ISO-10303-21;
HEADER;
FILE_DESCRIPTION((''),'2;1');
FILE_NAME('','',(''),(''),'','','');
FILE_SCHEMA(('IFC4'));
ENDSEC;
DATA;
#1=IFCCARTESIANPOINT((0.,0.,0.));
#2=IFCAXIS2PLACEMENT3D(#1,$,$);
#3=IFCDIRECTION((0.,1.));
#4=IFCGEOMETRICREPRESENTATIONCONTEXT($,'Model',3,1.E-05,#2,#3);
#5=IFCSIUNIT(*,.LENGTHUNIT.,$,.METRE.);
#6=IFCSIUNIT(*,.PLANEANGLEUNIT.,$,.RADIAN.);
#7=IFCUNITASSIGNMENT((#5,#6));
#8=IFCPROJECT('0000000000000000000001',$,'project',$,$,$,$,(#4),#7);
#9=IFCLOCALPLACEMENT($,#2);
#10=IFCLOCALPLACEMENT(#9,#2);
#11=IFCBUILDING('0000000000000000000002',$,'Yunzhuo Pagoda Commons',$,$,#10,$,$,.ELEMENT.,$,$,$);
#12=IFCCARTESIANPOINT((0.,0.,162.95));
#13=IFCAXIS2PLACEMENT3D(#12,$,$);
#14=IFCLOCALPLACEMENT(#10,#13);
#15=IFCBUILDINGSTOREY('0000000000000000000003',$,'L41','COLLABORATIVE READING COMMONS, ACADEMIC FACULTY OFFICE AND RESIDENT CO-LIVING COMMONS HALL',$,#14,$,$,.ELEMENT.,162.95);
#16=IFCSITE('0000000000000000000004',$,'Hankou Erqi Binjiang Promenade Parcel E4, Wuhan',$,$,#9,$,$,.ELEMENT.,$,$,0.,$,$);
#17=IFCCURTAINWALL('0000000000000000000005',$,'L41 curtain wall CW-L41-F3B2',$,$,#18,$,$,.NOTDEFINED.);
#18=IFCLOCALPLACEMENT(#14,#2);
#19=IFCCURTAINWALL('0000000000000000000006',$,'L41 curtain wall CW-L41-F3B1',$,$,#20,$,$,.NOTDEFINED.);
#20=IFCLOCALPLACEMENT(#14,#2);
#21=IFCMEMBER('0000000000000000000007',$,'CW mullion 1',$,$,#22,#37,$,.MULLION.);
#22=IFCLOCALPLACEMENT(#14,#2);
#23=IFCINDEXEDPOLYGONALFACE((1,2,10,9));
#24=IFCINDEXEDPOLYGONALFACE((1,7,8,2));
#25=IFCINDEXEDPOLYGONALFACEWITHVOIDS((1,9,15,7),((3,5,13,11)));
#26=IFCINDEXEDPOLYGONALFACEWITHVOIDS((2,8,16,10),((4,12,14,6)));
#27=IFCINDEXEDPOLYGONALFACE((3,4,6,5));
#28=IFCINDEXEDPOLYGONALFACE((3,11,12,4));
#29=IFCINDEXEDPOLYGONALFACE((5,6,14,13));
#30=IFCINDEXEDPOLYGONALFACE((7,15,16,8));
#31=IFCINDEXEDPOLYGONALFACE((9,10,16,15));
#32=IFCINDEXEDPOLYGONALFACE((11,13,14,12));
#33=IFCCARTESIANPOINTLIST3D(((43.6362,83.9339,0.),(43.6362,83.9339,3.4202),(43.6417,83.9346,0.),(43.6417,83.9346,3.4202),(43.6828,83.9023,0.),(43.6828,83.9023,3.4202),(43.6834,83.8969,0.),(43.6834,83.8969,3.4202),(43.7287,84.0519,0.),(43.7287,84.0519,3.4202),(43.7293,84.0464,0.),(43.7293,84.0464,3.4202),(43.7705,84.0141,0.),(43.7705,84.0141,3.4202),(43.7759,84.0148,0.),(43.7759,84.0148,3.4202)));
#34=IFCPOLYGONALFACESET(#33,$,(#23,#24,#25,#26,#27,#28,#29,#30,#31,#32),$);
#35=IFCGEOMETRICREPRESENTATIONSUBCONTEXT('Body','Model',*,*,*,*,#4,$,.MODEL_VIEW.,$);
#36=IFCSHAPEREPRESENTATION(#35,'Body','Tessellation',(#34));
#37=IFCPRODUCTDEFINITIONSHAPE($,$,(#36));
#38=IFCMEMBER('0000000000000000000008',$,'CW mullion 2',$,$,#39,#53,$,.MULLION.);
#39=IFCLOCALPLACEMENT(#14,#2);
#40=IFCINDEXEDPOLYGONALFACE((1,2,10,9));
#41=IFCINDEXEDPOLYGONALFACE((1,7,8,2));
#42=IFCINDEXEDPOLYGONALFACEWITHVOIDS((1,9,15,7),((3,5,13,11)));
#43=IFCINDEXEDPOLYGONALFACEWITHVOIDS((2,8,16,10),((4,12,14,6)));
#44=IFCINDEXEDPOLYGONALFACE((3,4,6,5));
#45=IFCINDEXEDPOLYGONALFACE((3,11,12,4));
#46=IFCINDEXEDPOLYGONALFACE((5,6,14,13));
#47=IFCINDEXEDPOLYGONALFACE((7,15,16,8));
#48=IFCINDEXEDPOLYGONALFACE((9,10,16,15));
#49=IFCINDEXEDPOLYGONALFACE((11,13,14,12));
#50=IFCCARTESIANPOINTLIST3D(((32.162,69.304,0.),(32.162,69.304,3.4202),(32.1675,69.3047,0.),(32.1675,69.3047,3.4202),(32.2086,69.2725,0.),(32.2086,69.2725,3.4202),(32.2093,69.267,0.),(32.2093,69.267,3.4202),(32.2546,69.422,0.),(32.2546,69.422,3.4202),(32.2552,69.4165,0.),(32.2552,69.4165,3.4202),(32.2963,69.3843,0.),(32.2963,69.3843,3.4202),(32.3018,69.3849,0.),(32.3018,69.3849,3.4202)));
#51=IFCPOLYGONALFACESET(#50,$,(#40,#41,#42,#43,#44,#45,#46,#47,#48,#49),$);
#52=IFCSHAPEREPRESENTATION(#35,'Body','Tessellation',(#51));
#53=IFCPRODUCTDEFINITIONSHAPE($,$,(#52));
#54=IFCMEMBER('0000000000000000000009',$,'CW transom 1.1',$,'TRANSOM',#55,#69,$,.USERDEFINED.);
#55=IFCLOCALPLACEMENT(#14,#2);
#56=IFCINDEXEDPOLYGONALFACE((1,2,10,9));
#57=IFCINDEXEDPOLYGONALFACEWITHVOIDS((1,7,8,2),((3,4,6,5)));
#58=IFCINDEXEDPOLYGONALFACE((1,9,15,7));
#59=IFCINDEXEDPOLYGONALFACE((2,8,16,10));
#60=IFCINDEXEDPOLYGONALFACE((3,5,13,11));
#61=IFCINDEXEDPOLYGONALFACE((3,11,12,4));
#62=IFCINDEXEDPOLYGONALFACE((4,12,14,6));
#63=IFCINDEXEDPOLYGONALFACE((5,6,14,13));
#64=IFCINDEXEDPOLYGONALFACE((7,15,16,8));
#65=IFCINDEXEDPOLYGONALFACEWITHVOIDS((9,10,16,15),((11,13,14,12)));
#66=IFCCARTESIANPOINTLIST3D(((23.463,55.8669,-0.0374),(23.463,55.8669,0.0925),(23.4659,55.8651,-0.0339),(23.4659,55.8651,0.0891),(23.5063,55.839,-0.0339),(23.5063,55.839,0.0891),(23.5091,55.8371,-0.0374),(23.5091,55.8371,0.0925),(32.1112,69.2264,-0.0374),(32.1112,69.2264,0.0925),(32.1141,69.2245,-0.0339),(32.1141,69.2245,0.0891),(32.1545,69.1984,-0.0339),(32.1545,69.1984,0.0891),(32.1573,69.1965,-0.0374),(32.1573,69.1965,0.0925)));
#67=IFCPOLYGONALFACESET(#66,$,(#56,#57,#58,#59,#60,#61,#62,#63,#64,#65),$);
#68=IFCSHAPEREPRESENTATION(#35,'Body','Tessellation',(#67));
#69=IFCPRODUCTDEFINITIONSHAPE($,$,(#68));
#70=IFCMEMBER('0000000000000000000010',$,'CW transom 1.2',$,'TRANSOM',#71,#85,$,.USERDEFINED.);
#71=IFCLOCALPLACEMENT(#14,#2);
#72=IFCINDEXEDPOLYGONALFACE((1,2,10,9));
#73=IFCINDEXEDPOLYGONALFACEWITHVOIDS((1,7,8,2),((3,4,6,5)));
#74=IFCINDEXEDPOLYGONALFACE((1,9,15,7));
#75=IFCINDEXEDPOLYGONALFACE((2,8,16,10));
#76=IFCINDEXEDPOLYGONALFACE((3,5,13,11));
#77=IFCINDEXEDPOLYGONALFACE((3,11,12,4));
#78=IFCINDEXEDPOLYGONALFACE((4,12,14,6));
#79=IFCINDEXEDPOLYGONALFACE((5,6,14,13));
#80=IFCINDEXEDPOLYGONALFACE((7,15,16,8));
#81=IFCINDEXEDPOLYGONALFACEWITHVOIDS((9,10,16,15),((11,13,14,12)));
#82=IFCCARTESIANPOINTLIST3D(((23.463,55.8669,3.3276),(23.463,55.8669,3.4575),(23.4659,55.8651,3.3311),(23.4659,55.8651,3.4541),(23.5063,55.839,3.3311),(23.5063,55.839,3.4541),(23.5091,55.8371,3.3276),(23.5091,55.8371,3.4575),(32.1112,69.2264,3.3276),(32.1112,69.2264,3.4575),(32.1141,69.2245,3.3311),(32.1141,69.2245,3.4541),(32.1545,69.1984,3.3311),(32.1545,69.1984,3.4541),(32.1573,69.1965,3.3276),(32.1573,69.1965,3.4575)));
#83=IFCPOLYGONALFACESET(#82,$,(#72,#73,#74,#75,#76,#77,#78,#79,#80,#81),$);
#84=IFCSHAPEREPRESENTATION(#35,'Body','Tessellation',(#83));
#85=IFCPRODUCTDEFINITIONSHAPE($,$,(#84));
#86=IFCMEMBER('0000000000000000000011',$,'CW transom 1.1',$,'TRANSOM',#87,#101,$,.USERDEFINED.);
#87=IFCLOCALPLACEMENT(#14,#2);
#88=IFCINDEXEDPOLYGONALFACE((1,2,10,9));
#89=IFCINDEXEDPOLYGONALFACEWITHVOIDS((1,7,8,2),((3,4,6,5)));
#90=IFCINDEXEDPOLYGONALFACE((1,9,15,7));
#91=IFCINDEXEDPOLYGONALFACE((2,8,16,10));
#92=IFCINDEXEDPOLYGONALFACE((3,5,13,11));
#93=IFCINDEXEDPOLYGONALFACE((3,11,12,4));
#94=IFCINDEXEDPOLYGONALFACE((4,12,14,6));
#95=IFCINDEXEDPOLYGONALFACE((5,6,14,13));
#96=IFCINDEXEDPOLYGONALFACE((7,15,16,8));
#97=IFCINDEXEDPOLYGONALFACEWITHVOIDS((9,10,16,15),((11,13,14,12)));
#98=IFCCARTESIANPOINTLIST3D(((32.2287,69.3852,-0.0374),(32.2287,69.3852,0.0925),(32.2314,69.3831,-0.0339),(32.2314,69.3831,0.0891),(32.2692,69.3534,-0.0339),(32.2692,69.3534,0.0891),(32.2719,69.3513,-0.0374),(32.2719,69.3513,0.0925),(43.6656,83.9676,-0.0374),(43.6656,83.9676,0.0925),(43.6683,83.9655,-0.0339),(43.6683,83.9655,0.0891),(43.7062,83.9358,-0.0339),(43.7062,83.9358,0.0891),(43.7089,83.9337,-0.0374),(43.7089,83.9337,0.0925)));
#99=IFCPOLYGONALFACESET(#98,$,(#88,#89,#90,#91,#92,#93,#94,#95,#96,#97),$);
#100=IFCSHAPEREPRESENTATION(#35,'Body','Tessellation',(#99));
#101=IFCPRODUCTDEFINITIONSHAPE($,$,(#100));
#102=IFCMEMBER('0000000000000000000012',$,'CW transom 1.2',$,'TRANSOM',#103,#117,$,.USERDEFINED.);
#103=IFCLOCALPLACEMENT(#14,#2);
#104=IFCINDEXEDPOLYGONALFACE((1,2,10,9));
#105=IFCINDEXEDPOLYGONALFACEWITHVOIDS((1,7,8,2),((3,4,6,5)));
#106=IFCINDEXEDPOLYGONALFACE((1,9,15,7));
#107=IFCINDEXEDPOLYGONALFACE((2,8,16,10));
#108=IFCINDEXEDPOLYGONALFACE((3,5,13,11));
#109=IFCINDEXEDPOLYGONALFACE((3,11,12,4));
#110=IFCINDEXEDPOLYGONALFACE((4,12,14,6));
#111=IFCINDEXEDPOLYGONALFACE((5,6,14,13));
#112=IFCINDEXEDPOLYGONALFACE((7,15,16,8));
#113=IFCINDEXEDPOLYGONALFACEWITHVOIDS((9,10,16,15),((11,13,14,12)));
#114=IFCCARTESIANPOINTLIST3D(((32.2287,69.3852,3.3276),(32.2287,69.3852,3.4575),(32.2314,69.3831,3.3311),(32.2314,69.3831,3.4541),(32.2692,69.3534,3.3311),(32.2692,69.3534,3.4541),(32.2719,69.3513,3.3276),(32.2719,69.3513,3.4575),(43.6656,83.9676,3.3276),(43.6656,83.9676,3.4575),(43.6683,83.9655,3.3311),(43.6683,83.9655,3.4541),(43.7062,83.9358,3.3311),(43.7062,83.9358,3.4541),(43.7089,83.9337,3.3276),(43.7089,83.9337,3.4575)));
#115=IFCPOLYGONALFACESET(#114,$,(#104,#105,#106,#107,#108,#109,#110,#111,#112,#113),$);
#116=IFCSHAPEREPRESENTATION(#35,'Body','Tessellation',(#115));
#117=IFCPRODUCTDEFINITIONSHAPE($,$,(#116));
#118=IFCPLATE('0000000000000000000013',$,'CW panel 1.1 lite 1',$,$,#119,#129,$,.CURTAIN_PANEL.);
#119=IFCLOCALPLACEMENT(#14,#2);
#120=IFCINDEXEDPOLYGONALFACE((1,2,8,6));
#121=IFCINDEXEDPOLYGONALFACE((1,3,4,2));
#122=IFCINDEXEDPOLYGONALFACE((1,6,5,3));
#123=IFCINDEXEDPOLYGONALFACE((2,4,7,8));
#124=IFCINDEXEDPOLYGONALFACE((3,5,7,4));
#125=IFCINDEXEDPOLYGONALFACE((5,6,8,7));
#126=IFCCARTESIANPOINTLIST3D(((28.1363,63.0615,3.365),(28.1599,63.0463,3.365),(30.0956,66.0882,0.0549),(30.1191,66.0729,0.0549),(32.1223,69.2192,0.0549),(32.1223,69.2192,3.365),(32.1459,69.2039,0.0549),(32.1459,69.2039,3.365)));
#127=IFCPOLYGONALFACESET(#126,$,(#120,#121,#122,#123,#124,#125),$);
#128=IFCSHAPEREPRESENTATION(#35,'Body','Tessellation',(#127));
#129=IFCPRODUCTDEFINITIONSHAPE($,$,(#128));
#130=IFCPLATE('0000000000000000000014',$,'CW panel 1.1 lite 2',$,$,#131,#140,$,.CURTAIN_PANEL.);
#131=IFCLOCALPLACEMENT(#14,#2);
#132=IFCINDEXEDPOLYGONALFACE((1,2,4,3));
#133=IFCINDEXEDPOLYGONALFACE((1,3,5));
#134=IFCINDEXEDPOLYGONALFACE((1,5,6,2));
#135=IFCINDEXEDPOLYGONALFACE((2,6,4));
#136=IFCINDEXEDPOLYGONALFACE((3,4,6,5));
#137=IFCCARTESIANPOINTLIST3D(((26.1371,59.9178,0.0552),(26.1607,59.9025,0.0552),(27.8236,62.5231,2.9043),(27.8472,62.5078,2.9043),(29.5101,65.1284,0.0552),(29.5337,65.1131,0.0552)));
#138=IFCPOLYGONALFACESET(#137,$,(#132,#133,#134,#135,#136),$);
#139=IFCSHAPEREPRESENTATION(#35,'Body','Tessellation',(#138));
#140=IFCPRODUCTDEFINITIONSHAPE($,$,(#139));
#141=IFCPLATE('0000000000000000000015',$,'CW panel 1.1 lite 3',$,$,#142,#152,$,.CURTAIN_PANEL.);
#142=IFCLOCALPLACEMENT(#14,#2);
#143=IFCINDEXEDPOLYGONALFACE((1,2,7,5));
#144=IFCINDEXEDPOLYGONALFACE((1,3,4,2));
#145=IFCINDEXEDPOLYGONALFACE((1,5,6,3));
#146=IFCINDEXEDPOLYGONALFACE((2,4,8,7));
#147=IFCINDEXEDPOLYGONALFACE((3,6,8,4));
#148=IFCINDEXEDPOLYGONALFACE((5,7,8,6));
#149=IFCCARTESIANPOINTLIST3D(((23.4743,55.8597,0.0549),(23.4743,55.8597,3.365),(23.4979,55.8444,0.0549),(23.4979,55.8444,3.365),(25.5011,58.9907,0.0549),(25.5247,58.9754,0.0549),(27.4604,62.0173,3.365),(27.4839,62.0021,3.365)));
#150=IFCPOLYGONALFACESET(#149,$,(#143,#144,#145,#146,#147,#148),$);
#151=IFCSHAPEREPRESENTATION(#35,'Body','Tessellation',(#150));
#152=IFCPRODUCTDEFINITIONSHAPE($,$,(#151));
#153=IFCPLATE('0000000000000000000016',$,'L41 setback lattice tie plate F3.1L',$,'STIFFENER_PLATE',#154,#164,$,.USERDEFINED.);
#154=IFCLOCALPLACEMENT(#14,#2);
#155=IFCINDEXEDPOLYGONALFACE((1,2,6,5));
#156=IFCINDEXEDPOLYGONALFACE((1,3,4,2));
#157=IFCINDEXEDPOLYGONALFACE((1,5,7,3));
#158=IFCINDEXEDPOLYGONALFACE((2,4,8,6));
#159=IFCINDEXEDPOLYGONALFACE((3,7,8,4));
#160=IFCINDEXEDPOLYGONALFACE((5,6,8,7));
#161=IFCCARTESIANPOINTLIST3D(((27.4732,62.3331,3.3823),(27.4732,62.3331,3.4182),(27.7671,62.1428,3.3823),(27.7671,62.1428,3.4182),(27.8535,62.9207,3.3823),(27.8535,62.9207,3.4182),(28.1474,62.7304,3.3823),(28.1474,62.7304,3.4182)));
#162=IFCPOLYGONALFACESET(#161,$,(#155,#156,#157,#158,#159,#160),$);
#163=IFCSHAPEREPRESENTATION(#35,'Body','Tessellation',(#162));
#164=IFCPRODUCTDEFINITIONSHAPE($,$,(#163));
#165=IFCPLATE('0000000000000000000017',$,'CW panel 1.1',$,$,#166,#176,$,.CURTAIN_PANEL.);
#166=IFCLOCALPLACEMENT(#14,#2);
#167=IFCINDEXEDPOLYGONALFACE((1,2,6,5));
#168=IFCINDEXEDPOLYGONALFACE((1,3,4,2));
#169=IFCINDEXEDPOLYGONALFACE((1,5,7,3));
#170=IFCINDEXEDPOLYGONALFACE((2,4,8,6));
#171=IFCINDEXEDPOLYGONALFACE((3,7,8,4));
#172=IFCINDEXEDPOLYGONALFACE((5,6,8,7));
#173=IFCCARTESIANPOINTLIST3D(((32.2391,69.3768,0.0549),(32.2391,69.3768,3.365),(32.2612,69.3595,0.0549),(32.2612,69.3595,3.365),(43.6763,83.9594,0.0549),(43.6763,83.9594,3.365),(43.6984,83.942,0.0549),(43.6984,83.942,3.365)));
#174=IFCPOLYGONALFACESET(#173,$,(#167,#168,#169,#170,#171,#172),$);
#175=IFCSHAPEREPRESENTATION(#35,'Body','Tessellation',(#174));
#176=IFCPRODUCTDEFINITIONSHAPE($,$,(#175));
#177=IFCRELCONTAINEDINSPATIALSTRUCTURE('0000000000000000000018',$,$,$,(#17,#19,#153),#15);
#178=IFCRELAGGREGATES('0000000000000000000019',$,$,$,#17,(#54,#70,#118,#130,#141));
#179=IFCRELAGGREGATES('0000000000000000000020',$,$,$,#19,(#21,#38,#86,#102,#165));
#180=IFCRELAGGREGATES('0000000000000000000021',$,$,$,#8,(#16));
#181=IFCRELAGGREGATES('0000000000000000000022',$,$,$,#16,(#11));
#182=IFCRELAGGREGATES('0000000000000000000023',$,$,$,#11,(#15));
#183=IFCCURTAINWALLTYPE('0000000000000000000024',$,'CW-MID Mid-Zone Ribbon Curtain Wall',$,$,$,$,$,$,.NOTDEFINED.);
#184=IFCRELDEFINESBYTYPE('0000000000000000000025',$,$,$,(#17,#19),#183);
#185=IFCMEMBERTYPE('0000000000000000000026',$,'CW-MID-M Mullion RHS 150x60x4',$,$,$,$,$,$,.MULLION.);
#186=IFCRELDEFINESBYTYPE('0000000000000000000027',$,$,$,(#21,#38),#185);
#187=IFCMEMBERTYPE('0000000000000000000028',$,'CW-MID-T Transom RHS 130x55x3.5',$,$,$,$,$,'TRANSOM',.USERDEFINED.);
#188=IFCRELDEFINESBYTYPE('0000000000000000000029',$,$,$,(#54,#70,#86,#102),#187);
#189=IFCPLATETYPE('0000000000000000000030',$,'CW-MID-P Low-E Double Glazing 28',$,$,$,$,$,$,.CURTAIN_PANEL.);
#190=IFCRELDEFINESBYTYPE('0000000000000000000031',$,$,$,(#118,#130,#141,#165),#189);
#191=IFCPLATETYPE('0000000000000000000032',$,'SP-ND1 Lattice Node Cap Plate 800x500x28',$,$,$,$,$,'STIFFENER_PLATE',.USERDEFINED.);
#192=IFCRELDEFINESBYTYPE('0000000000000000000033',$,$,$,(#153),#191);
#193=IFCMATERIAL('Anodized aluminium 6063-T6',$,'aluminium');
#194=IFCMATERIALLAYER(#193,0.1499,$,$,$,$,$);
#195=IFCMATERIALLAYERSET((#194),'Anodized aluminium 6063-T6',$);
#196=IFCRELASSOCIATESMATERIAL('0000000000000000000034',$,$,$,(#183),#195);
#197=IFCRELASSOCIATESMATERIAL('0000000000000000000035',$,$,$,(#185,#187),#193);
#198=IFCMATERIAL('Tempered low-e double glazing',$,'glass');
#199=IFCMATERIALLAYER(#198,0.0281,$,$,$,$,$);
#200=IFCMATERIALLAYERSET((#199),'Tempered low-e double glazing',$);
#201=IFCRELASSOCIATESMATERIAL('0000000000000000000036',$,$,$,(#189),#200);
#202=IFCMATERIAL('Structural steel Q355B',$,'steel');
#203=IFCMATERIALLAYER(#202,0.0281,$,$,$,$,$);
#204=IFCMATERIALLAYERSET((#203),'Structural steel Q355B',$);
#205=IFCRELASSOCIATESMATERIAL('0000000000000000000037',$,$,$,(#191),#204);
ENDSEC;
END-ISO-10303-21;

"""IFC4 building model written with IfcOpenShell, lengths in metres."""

from ifc_helpers import new_model, si_unit, direction, frame, origin, origin_2d, place, context, subcontext, project, spatial, polyline, rectangle, hollow_rectangle, outline, extrude, source, transform, mapped, material, layer, layer_set, material_profile, profile_set, type_object, element, aggregate, save


model = new_model("IFC4")

# Units and contexts
model_context = context("Model", 3, precision=1e-05, world=origin(), true_north=direction((0.0, 1.0)))
body_context = subcontext(model_context, "Body", "Model", "MODEL_VIEW")
ifc_project = project(units=[si_unit("LENGTHUNIT", "METRE"), si_unit("PLANEANGLEUNIT", "RADIAN")], contexts=[model_context])

# Site, building, storey
site_placement = place(None, origin())
site = spatial("IfcSite", under=ifc_project, at=site_placement, Name="Hankou Erqi Binjiang Promenade Parcel E4, Wuhan", CompositionType="ELEMENT", RefElevation=0.0)
building_placement = place(site_placement, origin())
building = spatial("IfcBuilding", under=site, at=building_placement, Name="Yunzhuo Pagoda Commons", CompositionType="ELEMENT")
storey_placement = place(building_placement, frame((0.0, 0.0, 162.95)))
storey = spatial("IfcBuildingStorey", under=building, at=storey_placement, Name="L41", Description="COLLABORATIVE READING COMMONS, ACADEMIC FACULTY OFFICE AND RESIDENT CO-LIVING COMMONS HALL", CompositionType="ELEMENT", Elevation=162.95)

# Shared definitions
ifc_material_1 = material(Name="Structural steel Q355B", Category="steel")

# Curtain wall
ifc_material_2 = material(Name="Anodized aluminium 6063-T6", Category="aluminium")
ifc_layer_1 = layer(ifc_material_2, 0.1499)
ifc_layer_set_1 = layer_set([ifc_layer_1], Name="Anodized aluminium 6063-T6")
curtain_wall_type = type_object("IfcCurtainWallType", Name="CW-MID Mid-Zone Ribbon Curtain Wall", PredefinedType="NOTDEFINED", material=ifc_layer_set_1)
curtain_wall_1_placement = place(storey_placement, origin())
curtain_wall_1 = element("IfcCurtainWall", 1, at=curtain_wall_1_placement, inside=storey, type_object=curtain_wall_type, Name="L41 curtain wall CW-L41-F3B2", PredefinedType="NOTDEFINED")
ifc_material_profile_1 = material_profile(ifc_material_2, hollow_rectangle(XDim=0.0601, YDim=0.1499, WallThickness=0.0039, at=origin_2d()), Name="Anodized aluminium 6063-T6")
ifc_profile_set_1 = profile_set([ifc_material_profile_1], Name="Anodized aluminium 6063-T6")
member_type_1 = type_object("IfcMemberType", Name="CW-MID-M Mullion RHS 150x60x4", PredefinedType="MULLION", material=ifc_profile_set_1)
shared_shape_1 = source(origin(), body_context, "Body", "SweptSolid", [
    extrude(hollow_rectangle(XDim=0.0601, YDim=0.1499, WallThickness=0.0039, at=origin_2d()), origin(), (0.0, 0.0, 1.0), 3.4202),
])

# Curtain wall, members
curtain_wall_2_placement = place(storey_placement, origin())
curtain_wall_2 = element("IfcCurtainWall", 2, at=curtain_wall_2_placement, inside=storey, type_object=curtain_wall_type, Name="L41 curtain wall CW-L41-F3B1", PredefinedType="NOTDEFINED")
member_1_placement = place(storey_placement, frame((43.7061, 83.9744, 0.0), z_axis=(0.0, 0.0, 1.0), x_axis=(0.786855, -0.617138, 0.0)))
member_1 = element("IfcMember", 3, at=member_1_placement, type_object=member_type_1, Name="CW mullion 1", PredefinedType="MULLION", context=body_context, shape_type="MappedRepresentation", body=[
    mapped(shared_shape_1, transform((0.0, 0.0, 0.0), scale=1.0)),
])
member_2_placement = place(storey_placement, frame((32.2319, 69.3445, 0.0), z_axis=(0.0, 0.0, 1.0), x_axis=(0.786855, -0.617138, 0.0)))
member_2 = element("IfcMember", 4, at=member_2_placement, type_object=member_type_1, Name="CW mullion 2", PredefinedType="MULLION", context=body_context, shape_type="MappedRepresentation", body=[
    mapped(shared_shape_1, transform((0.0, 0.0, 0.0), scale=1.0)),
])

# Members
ifc_material_profile_2 = material_profile(ifc_material_2, hollow_rectangle(XDim=0.0549, YDim=0.1299, WallThickness=0.0034, at=origin_2d()), Name="Anodized aluminium 6063-T6")
ifc_profile_set_2 = profile_set([ifc_material_profile_2], Name="Anodized aluminium 6063-T6")
member_type_2 = type_object("IfcMemberType", Name="CW-MID-T Transom RHS 130x55x3.5", ElementType="TRANSOM", PredefinedType="USERDEFINED", material=ifc_profile_set_2)
shared_shape_2 = source(origin(), body_context, "Body", "SweptSolid", [
    extrude(hollow_rectangle(XDim=0.0549, YDim=0.1299, WallThickness=0.0034, at=origin_2d()), origin(), (0.0, 0.0, 1.0), 15.9143),
])
member_3_placement = place(storey_placement, frame((32.1343, 69.2114, 0.0276), z_axis=(-0.543424, -0.839459, 0.0), x_axis=(0.839459, -0.543424, 0.0)))
member_3 = element("IfcMember", 5, at=member_3_placement, type_object=member_type_2, Name="CW transom 1.1", ObjectType="TRANSOM", PredefinedType="USERDEFINED", context=body_context, shape_type="MappedRepresentation", body=[
    mapped(shared_shape_2, transform((0.0, 0.0, 0.0), scale=1.0)),
])
member_4_placement = place(storey_placement, frame((32.1343, 69.2114, 3.3926), z_axis=(-0.543424, -0.839459, 0.0), x_axis=(0.839459, -0.543424, 0.0)))
member_4 = element("IfcMember", 6, at=member_4_placement, type_object=member_type_2, Name="CW transom 1.2", ObjectType="TRANSOM", PredefinedType="USERDEFINED", context=body_context, shape_type="MappedRepresentation", body=[
    mapped(shared_shape_2, transform((0.0, 0.0, 0.0), scale=1.0)),
])
shared_shape_3 = source(origin(), body_context, "Body", "SweptSolid", [
    extrude(hollow_rectangle(XDim=0.0549, YDim=0.1299, WallThickness=0.0034, at=origin_2d()), origin(), (0.0, 0.0, 1.0), 18.5325),
])
member_5_placement = place(storey_placement, frame((43.6873, 83.9507, 0.0276), z_axis=(-0.617131, -0.78686, 0.0), x_axis=(0.78686, -0.617131, 0.0)))
member_5 = element("IfcMember", 7, at=member_5_placement, type_object=member_type_2, Name="CW transom 1.1", ObjectType="TRANSOM", PredefinedType="USERDEFINED", context=body_context, shape_type="MappedRepresentation", body=[
    mapped(shared_shape_3, transform((0.0, 0.0, 0.0), scale=1.0)),
])
member_6_placement = place(storey_placement, frame((43.6873, 83.9507, 3.3926), z_axis=(-0.617131, -0.78686, 0.0), x_axis=(0.78686, -0.617131, 0.0)))
member_6 = element("IfcMember", 8, at=member_6_placement, type_object=member_type_2, Name="CW transom 1.2", ObjectType="TRANSOM", PredefinedType="USERDEFINED", context=body_context, shape_type="MappedRepresentation", body=[
    mapped(shared_shape_3, transform((0.0, 0.0, 0.0), scale=1.0)),
])

# Plates
ifc_material_3 = material(Name="Tempered low-e double glazing", Category="glass")
ifc_layer_2 = layer(ifc_material_3, 0.0281)
ifc_layer_set_2 = layer_set([ifc_layer_2], Name="Tempered low-e double glazing")
plate_type_1 = type_object("IfcPlateType", Name="CW-MID-P Low-E Double Glazing 28", PredefinedType="CURTAIN_PANEL", material=ifc_layer_set_2)
plate_1_placement = place(storey_placement, frame((30.1528, 66.125, 1.71), z_axis=(-0.839466, 0.543412, 0.0), x_axis=(-0.543412, -0.839466, 0.0)))
plate_1 = element("IfcPlate", 9, at=plate_1_placement, type_object=plate_type_1, Name="CW panel 1.1 lite 1", PredefinedType="CURTAIN_PANEL", context=body_context, shape_type="SweptSolid", body=[
    extrude(outline(polyline([(-3.6677, -1.655), (0.062, -1.655), (3.6675, 1.655), (-3.6677, 1.655), (-3.6677, -1.655)])), origin(), (0.0, 0.0, 1.0), 0.0281),
])
plate_2_placement = place(storey_placement, frame((27.8472, 62.5078, 1.4797), z_axis=(-0.839466, 0.543412, 0.0), x_axis=(-0.543412, -0.839466, 0.0)))
plate_2 = element("IfcPlate", 10, at=plate_2_placement, type_object=plate_type_1, Name="CW panel 1.1 lite 2", PredefinedType="CURTAIN_PANEL", context=body_context, shape_type="SweptSolid", body=[
    extrude(outline(polyline([(-3.1035, -1.4246), (3.1035, -1.4246), (0.0, 1.4246), (-3.1035, -1.4246)])), origin(), (0.0, 0.0, 1.0), 0.0281),
])
plate_3_placement = place(storey_placement, frame((25.491, 58.9233, 1.71), z_axis=(-0.839466, 0.543412, 0.0), x_axis=(-0.543412, -0.839466, 0.0)))
plate_3 = element("IfcPlate", 11, at=plate_3_placement, type_object=plate_type_1, Name="CW panel 1.1 lite 3", PredefinedType="CURTAIN_PANEL", context=body_context, shape_type="SweptSolid", body=[
    extrude(outline(polyline([(-3.6675, 1.655), (-0.062, -1.655), (3.6677, -1.655), (3.6677, 1.655), (-3.6675, 1.655)])), origin(), (0.0, 0.0, 1.0), 0.0281),
])
aggregate(curtain_wall_1, [member_3, member_4, plate_1, plate_2, plate_3])
ifc_layer_3 = layer(ifc_material_1, 0.0281)
ifc_layer_set_3 = layer_set([ifc_layer_3], Name="Structural steel Q355B")
plate_type_2 = type_object("IfcPlateType", Name="SP-ND1 Lattice Node Cap Plate 800x500x28", ElementType="STIFFENER_PLATE", PredefinedType="USERDEFINED", material=ifc_layer_set_3)
shared_shape_4 = source(origin(), body_context, "Body", "SweptSolid", [
    extrude(rectangle(XDim=0.7, YDim=0.3501, at=origin_2d()), origin(), (0.0, 0.0, 1.0), 0.0359),
])
plate_4_placement = place(storey_placement, frame((27.8103, 62.5317, 3.3823), z_axis=(0.0, 0.0, 1.0), x_axis=(-0.543409, -0.839468, 0.0)))
element("IfcPlate", 12, at=plate_4_placement, inside=storey, type_object=plate_type_2, Name="L41 setback lattice tie plate F3.1L", ObjectType="STIFFENER_PLATE", PredefinedType="USERDEFINED", context=body_context, shape_type="MappedRepresentation", body=[
    mapped(shared_shape_4, transform((0.0, 0.0, 0.0), scale=1.0)),
])
shared_shape_5 = source(origin(), body_context, "Body", "SweptSolid", [
    extrude(rectangle(XDim=18.5327, YDim=0.0281, at=origin_2d()), origin(), (0.0, 0.0, 1.0), 3.3101),
])
plate_5_placement = place(storey_placement, frame((37.9688, 76.6594, 0.0549), z_axis=(0.0, 0.0, 1.0), x_axis=(-0.617138, -0.786855, 0.0)))
plate_5 = element("IfcPlate", 13, at=plate_5_placement, type_object=plate_type_1, Name="CW panel 1.1", PredefinedType="CURTAIN_PANEL", context=body_context, shape_type="MappedRepresentation", body=[
    mapped(shared_shape_5, transform((0.0, 0.0, 0.0), scale=1.0)),
])
aggregate(curtain_wall_2, [member_1, member_2, member_5, member_6, plate_5])

save(model, "model.ifc")
